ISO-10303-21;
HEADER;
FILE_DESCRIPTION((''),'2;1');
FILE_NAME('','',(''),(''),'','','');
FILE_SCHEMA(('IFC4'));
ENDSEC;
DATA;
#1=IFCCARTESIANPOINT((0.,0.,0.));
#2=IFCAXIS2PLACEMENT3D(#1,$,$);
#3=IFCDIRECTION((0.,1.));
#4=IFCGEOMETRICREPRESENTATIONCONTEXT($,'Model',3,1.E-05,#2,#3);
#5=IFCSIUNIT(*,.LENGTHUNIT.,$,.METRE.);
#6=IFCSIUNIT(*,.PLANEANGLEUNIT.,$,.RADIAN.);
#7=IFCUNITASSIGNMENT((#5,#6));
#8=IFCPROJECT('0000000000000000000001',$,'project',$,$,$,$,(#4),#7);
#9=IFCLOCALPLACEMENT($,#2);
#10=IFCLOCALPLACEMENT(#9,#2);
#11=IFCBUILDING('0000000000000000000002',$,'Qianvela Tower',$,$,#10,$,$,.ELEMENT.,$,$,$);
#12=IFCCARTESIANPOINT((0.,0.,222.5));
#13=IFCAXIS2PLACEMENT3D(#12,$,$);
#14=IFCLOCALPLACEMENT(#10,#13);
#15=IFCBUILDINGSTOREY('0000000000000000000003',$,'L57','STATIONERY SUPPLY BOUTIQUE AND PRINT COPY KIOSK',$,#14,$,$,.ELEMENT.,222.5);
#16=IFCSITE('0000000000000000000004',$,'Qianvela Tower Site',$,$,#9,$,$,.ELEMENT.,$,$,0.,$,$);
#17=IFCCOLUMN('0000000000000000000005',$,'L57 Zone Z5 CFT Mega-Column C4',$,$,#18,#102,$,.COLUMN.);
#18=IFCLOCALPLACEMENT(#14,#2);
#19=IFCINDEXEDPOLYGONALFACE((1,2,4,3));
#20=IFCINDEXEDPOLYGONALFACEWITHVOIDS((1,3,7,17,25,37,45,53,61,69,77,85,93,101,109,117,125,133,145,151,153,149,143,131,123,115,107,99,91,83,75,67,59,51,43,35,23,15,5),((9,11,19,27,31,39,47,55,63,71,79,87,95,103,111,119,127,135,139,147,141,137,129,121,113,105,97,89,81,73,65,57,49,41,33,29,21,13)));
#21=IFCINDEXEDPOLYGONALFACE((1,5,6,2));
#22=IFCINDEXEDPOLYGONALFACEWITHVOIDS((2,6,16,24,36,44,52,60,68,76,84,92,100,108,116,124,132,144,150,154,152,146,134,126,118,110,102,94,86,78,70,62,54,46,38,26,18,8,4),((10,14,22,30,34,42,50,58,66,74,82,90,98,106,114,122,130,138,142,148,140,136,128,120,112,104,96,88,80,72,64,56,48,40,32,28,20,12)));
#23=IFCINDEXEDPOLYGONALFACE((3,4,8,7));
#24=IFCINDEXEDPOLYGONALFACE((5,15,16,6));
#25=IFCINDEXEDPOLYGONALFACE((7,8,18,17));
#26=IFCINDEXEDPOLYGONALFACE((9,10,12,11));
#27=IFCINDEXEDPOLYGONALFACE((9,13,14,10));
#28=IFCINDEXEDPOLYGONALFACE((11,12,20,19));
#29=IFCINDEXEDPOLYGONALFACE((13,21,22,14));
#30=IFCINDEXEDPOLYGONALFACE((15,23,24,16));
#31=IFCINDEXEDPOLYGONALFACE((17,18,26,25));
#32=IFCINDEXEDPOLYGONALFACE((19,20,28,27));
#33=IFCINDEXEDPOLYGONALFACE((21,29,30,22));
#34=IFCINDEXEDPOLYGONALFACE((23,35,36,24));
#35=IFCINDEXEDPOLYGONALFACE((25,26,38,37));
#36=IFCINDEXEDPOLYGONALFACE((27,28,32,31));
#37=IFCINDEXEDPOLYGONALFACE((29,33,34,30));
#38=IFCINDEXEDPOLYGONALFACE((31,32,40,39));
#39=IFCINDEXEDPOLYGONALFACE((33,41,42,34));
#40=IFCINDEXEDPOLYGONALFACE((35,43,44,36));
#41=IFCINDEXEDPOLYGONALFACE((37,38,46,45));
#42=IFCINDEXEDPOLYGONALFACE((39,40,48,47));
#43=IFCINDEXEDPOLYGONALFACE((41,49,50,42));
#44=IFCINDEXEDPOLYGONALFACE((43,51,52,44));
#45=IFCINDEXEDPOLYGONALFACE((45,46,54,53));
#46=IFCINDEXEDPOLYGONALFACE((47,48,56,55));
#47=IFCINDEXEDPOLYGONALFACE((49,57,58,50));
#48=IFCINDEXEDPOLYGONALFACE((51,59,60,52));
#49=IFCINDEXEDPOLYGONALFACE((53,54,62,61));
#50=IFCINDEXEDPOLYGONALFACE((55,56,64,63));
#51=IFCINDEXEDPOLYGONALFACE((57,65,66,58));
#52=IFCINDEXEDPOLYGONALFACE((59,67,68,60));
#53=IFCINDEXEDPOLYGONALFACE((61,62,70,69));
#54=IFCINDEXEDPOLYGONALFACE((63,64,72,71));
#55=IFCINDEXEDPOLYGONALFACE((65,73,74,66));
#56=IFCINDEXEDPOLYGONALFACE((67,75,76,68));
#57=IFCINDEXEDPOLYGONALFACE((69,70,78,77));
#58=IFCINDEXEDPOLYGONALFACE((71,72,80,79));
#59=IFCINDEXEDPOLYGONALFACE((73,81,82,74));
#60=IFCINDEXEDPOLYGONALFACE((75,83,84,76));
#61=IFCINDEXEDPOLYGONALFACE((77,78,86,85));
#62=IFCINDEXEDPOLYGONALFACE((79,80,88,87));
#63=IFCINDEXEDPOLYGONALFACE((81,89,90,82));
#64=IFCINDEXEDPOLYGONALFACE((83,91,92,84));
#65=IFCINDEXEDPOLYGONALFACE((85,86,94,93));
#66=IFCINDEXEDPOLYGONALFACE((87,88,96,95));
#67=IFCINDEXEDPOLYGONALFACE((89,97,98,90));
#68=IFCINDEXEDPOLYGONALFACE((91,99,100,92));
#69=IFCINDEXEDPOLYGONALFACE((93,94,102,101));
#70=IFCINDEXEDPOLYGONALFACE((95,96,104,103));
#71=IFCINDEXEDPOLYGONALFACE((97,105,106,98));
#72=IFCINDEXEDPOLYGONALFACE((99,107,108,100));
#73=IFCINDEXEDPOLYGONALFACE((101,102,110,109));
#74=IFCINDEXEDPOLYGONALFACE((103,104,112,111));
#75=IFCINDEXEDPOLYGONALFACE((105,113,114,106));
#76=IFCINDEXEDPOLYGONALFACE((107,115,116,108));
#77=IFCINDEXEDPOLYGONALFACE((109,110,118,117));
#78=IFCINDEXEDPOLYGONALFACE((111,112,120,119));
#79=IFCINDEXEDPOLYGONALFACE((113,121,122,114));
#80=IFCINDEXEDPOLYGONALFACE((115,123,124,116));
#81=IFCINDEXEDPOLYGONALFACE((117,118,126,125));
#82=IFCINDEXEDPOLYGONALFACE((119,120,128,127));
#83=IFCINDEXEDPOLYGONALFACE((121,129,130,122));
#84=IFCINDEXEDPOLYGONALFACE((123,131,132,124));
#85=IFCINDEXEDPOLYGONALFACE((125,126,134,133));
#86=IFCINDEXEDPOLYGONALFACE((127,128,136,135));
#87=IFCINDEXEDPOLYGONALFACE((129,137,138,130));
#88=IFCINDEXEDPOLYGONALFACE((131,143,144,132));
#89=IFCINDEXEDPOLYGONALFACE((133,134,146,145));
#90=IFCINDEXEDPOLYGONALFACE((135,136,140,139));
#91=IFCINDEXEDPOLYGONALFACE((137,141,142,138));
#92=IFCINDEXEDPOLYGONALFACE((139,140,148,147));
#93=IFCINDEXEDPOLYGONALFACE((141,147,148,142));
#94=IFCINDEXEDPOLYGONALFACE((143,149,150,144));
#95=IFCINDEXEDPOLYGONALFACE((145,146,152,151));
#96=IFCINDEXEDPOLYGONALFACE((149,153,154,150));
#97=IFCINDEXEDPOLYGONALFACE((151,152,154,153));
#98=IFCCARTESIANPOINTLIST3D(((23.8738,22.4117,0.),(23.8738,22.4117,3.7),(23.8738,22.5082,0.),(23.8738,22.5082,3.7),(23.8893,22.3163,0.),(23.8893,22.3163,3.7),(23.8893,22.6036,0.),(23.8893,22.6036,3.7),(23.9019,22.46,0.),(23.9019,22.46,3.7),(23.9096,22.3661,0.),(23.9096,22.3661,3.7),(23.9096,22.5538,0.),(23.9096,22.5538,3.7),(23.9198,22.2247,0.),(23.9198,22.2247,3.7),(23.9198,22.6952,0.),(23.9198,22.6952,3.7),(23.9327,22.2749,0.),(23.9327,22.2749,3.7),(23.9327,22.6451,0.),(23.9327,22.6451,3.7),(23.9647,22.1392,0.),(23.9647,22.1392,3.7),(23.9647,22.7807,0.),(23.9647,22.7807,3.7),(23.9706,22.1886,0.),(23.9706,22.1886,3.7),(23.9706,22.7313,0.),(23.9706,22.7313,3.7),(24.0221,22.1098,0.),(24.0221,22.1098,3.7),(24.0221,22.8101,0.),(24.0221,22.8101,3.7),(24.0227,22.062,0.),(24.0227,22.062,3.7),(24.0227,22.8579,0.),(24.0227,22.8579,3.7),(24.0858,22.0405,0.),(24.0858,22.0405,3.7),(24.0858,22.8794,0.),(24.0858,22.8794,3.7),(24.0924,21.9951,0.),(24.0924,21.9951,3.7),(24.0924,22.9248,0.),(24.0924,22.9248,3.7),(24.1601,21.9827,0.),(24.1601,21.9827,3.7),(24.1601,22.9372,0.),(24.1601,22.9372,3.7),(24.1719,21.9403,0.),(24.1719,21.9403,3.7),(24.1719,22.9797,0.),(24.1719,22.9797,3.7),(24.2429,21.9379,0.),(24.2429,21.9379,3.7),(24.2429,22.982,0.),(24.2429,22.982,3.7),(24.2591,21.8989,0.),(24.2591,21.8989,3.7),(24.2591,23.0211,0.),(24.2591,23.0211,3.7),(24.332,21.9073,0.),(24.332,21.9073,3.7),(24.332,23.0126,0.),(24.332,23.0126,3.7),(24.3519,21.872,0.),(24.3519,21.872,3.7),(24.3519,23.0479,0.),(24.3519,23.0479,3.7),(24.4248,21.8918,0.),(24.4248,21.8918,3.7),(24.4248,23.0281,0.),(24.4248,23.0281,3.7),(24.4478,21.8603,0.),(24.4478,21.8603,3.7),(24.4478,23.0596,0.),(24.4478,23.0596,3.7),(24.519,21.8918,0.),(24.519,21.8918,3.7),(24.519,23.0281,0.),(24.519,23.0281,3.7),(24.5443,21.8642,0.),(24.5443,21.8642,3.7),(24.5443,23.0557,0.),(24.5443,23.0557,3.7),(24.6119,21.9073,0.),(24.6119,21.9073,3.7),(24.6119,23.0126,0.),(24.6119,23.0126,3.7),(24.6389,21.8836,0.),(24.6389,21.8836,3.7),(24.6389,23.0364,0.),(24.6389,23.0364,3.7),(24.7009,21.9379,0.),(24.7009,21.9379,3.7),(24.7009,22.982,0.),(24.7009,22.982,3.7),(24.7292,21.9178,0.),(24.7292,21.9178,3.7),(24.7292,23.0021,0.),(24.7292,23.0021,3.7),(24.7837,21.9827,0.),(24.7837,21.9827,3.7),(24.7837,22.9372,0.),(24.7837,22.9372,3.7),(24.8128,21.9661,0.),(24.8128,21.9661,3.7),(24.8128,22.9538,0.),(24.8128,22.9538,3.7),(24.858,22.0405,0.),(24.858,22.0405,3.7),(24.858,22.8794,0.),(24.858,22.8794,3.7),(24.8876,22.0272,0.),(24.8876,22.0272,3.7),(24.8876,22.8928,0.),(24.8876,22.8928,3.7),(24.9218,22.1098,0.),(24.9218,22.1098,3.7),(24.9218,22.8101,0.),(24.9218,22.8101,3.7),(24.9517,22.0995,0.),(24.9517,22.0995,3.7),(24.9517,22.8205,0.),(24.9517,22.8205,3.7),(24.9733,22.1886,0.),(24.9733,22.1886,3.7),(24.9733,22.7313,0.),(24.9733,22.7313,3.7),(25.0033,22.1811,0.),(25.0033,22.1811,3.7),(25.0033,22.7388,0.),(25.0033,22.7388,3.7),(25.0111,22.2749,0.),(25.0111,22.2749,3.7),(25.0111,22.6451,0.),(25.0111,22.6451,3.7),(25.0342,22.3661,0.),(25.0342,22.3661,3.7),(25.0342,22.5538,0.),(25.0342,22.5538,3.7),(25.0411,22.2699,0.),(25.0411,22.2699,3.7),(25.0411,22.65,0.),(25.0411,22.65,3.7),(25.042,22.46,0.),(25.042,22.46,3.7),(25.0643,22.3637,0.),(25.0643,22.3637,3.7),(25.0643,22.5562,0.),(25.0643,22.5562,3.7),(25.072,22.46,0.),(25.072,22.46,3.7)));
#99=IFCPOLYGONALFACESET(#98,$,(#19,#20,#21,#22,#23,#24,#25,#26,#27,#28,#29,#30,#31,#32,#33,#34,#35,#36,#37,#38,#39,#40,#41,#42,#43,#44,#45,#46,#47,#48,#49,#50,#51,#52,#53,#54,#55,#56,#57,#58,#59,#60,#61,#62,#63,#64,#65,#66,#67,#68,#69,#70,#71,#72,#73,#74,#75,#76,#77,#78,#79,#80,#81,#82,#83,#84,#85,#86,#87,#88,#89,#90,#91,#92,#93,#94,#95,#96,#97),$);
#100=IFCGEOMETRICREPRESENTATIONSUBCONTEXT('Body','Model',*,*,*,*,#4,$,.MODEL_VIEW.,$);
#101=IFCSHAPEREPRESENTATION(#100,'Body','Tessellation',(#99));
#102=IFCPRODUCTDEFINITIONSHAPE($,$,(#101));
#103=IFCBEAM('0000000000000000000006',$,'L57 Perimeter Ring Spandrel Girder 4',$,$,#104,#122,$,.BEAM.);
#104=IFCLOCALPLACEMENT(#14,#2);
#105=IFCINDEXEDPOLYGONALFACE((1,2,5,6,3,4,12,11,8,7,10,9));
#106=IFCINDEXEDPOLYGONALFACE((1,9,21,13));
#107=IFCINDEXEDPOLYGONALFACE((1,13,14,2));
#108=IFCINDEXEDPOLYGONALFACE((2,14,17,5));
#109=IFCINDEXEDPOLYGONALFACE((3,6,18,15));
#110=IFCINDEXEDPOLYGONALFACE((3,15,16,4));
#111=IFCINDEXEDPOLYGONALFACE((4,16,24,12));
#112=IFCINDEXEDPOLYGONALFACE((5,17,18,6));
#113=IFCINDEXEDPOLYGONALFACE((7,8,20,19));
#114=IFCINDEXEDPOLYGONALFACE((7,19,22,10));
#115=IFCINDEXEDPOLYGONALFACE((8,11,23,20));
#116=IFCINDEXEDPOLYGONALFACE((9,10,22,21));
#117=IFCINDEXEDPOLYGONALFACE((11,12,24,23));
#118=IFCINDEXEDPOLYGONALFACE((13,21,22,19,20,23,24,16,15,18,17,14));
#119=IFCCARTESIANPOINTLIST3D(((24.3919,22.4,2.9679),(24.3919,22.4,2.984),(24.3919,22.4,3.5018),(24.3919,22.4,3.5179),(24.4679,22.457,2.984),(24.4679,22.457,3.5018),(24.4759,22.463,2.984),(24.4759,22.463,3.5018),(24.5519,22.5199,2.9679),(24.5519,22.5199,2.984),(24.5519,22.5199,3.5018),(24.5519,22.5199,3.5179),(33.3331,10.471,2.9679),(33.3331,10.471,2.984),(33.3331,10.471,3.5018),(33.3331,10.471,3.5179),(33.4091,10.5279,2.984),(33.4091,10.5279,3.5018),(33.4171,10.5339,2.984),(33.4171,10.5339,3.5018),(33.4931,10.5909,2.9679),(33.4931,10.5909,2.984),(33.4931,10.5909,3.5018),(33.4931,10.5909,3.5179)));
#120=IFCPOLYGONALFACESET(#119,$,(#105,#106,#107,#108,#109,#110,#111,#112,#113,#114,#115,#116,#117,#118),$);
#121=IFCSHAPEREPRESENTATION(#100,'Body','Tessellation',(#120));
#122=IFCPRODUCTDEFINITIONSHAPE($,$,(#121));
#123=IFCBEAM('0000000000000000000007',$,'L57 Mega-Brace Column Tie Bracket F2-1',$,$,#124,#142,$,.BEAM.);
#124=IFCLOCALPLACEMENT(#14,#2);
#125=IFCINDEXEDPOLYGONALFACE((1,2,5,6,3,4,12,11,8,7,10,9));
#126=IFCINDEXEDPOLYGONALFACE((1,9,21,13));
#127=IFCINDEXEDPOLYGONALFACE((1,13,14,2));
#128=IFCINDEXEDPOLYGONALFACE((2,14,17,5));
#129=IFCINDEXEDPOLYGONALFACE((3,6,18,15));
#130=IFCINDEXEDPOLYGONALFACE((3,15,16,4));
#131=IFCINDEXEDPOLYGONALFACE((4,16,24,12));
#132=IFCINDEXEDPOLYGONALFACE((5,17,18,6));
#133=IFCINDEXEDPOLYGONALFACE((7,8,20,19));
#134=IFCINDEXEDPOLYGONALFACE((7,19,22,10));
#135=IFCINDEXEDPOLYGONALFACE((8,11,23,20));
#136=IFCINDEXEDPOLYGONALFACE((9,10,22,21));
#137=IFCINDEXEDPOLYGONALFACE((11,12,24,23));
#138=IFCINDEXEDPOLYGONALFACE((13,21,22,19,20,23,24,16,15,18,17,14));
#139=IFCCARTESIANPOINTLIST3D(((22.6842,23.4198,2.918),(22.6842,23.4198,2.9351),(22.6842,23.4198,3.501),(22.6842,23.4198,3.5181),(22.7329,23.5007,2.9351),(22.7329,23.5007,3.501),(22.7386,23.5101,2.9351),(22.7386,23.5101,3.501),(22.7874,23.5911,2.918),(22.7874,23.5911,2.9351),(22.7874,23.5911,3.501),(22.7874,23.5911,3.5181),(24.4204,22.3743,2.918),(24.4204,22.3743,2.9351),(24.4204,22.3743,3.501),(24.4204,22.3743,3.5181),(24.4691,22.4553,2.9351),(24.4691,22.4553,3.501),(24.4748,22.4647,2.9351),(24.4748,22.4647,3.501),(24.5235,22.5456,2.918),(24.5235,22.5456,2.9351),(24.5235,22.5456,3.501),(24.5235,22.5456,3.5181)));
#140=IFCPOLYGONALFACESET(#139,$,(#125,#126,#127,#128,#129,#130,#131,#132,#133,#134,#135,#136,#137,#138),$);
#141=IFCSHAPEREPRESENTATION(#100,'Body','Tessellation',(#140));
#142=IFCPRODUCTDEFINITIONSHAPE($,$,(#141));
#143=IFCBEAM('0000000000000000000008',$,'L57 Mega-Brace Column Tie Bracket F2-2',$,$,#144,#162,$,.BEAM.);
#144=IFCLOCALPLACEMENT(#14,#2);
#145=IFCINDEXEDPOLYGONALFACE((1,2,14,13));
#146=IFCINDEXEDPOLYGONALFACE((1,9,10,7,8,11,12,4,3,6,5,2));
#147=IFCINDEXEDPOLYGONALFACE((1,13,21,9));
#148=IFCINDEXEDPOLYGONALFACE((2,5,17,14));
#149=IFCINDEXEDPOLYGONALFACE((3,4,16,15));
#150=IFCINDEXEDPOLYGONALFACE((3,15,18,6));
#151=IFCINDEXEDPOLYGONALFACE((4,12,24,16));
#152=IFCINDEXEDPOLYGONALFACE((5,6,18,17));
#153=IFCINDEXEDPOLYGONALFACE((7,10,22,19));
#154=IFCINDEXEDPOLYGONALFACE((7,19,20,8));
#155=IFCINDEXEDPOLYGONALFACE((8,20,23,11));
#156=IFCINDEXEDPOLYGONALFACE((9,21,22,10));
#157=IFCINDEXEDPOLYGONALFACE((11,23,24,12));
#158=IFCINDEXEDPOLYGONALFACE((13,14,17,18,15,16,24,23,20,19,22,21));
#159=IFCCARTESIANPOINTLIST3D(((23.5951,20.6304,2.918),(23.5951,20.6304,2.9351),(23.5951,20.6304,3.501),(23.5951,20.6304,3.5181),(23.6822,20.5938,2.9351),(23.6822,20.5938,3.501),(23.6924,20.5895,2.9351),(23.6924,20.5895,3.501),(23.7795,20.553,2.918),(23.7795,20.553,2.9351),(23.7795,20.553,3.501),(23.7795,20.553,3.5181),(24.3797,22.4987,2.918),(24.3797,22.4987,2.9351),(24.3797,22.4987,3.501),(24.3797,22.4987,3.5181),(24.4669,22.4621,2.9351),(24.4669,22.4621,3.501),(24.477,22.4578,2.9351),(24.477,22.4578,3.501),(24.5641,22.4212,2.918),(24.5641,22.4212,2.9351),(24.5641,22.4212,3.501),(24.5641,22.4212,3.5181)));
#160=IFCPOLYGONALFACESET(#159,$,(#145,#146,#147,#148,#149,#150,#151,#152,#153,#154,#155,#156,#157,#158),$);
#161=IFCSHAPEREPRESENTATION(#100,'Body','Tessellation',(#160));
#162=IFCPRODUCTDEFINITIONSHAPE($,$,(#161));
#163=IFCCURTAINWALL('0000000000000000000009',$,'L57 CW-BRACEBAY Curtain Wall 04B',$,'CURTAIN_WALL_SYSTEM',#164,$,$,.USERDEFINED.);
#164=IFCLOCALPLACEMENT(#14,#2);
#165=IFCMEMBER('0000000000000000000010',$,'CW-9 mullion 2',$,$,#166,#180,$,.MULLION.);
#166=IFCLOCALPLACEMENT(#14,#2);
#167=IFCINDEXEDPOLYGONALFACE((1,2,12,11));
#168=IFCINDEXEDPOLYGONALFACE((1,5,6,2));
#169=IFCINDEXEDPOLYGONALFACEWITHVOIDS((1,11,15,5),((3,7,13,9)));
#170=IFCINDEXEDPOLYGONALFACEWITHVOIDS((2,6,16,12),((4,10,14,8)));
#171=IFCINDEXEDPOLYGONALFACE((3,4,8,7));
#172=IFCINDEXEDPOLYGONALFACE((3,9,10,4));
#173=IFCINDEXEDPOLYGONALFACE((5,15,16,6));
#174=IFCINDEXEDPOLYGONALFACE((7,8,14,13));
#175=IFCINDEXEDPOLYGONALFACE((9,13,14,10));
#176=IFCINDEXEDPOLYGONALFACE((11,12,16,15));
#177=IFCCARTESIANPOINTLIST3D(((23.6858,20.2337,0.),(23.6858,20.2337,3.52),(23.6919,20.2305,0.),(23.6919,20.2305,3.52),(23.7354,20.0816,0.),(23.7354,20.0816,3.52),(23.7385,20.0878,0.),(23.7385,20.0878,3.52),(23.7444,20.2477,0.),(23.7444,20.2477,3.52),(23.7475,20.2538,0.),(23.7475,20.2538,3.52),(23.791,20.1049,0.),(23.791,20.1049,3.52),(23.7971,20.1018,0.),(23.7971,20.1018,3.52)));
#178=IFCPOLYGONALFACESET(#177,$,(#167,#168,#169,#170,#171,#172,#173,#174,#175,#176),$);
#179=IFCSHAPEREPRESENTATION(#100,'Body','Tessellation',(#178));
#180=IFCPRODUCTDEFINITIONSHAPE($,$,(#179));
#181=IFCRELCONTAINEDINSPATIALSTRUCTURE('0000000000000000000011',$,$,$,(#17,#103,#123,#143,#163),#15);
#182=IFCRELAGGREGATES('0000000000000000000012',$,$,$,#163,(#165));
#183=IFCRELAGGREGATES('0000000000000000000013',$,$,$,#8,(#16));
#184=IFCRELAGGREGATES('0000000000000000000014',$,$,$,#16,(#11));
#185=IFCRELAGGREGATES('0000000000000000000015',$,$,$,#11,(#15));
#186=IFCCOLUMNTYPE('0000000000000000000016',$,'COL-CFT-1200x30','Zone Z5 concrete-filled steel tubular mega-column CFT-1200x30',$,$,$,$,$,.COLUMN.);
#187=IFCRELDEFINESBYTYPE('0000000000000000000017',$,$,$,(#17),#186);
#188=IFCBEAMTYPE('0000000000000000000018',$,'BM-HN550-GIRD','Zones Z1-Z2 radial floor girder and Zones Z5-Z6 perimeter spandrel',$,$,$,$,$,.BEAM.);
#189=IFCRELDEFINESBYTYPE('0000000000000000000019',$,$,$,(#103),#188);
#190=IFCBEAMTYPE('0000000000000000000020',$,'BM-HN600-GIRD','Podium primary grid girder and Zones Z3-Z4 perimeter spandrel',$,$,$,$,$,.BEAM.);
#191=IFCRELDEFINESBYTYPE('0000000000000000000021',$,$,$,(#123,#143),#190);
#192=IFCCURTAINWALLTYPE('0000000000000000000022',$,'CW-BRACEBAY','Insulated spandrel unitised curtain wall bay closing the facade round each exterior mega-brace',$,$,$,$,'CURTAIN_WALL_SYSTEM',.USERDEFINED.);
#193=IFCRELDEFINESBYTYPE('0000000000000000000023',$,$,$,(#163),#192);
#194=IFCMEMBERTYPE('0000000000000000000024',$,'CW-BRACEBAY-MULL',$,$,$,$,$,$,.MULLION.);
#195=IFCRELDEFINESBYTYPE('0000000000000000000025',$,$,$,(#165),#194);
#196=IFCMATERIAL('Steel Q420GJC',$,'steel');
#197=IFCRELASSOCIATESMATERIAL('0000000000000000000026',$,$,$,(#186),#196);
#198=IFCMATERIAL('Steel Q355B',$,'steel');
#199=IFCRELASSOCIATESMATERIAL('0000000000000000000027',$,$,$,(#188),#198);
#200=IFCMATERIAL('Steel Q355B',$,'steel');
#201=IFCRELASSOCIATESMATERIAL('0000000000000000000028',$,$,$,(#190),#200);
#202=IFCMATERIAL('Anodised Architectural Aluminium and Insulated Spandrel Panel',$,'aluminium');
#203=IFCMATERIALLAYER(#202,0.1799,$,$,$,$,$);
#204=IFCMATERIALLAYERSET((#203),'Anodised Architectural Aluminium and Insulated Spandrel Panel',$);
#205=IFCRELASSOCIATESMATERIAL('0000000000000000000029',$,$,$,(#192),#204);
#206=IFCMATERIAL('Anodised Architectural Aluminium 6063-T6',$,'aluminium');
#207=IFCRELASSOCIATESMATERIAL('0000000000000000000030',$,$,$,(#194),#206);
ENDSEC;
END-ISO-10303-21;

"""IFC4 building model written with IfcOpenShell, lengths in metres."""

from ifc_helpers import new_model, si_unit, direction, frame, origin, origin_2d, place, context, subcontext, project, spatial, hollow_rectangle, hollow_circle, i_section, extrude, material, layer, layer_set, material_profile, profile_set, type_object, element, aggregate, save


model = new_model("IFC4")

# Units and contexts
model_context = context("Model", 3, precision=1e-05, world=origin(), true_north=direction((0.0, 1.0)))
body_context = subcontext(model_context, "Body", "Model", "MODEL_VIEW")
ifc_project = project(units=[si_unit("LENGTHUNIT", "METRE"), si_unit("PLANEANGLEUNIT", "RADIAN")], contexts=[model_context])

# Site, building, storey
site_placement = place(None, origin())
site = spatial("IfcSite", under=ifc_project, at=site_placement, Name="Qianvela Tower Site", CompositionType="ELEMENT", RefElevation=0.0)
building_placement = place(site_placement, origin())
building = spatial("IfcBuilding", under=site, at=building_placement, Name="Qianvela Tower", CompositionType="ELEMENT")
storey_placement = place(building_placement, frame((0.0, 0.0, 222.5)))
storey = spatial("IfcBuildingStorey", under=building, at=storey_placement, Name="L57", Description="STATIONERY SUPPLY BOUTIQUE AND PRINT COPY KIOSK", CompositionType="ELEMENT", Elevation=222.5)

# Column
ifc_material_1 = material(Name="Steel Q420GJC", Category="steel")
ifc_material_profile_1 = material_profile(ifc_material_1, hollow_circle(Radius=0.6001, WallThickness=0.03, at=origin_2d()), Name="CFT-1200x30")
ifc_profile_set_1 = profile_set([ifc_material_profile_1], Name="Steel Q420GJC")
column_type = type_object("IfcColumnType", Name="COL-CFT-1200x30", Description="Zone Z5 concrete-filled steel tubular mega-column CFT-1200x30", PredefinedType="COLUMN", material=ifc_profile_set_1)
column_placement = place(storey_placement, frame((24.4719, 22.46, 0.0), z_axis=(0.0, 0.0, 1.0), x_axis=(1.0, 0.0, 0.0)))
element("IfcColumn", 1, at=column_placement, inside=storey, type_object=column_type, Name="L57 Zone Z5 CFT Mega-Column C4", PredefinedType="COLUMN", context=body_context, shape_type="SweptSolid", body=[
    extrude(hollow_circle(Radius=0.6001, WallThickness=0.03, at=origin_2d()), origin(), (0.0, 0.0, 1.0), 3.7),
])

# Beams
ifc_material_2 = material(Name="Steel Q355B", Category="steel")
ifc_material_profile_2 = material_profile(ifc_material_2, i_section(OverallWidth=0.2, OverallDepth=0.55, WebThickness=0.01, FlangeThickness=0.0161, at=origin_2d()), Name="HN550x200x10x16")
ifc_profile_set_2 = profile_set([ifc_material_profile_2], Name="Steel Q355B")
beam_type_1 = type_object("IfcBeamType", Name="BM-HN550-GIRD", Description="Zones Z1-Z2 radial floor girder and Zones Z5-Z6 perimeter spandrel", PredefinedType="BEAM", material=ifc_profile_set_2)
beam_1_placement = place(storey_placement, frame((24.4719, 22.46, 3.2429), z_axis=(0.599762, -0.800179, 0.0), x_axis=(0.800179, 0.599762, 0.0)))
element("IfcBeam", 2, at=beam_1_placement, inside=storey, type_object=beam_type_1, Name="L57 Perimeter Ring Spandrel Girder 4", PredefinedType="BEAM", context=body_context, shape_type="SweptSolid", body=[
    extrude(i_section(OverallWidth=0.2, OverallDepth=0.55, WebThickness=0.01, FlangeThickness=0.0161, at=origin_2d()), origin(), (0.0, 0.0, 1.0), 14.908),
])
ifc_material_3 = material(Name="Steel Q355B", Category="steel")
ifc_material_profile_3 = material_profile(ifc_material_3, i_section(OverallWidth=0.2, OverallDepth=0.6001, WebThickness=0.011, FlangeThickness=0.0171, at=origin_2d()), Name="HN600x200x11x17")
ifc_profile_set_3 = profile_set([ifc_material_profile_3], Name="Steel Q355B")
beam_type_2 = type_object("IfcBeamType", Name="BM-HN600-GIRD", Description="Podium primary grid girder and Zones Z3-Z4 perimeter spandrel", PredefinedType="BEAM", material=ifc_profile_set_3)
beam_2_placement = place(storey_placement, frame((24.4719, 22.46, 3.218), z_axis=(-0.856673, 0.515859, 0.0), x_axis=(-0.515859, -0.856673, 0.0)))
element("IfcBeam", 3, at=beam_2_placement, inside=storey, type_object=beam_type_2, Name="L57 Mega-Brace Column Tie Bracket F2-1", PredefinedType="BEAM", context=body_context, shape_type="SweptSolid", body=[
    extrude(i_section(OverallWidth=0.2, OverallDepth=0.6001, WebThickness=0.011, FlangeThickness=0.0171, at=origin_2d()), origin(), (0.0, 0.0, 1.0), 2.0266),
])
beam_3_placement = place(storey_placement, frame((24.4719, 22.46, 3.218), z_axis=(-0.387206, -0.921993, 0.0), x_axis=(0.921993, -0.387206, 0.0)))
element("IfcBeam", 4, at=beam_3_placement, inside=storey, type_object=beam_type_2, Name="L57 Mega-Brace Column Tie Bracket F2-2", PredefinedType="BEAM", context=body_context, shape_type="SweptSolid", body=[
    extrude(i_section(OverallWidth=0.2, OverallDepth=0.6001, WebThickness=0.011, FlangeThickness=0.0171, at=origin_2d()), origin(), (0.0, 0.0, 1.0), 2.0264),
])

# Curtain wall, member
ifc_material_4 = material(Name="Anodised Architectural Aluminium and Insulated Spandrel Panel", Category="aluminium")
ifc_layer_1 = layer(ifc_material_4, 0.1799)
ifc_layer_set_1 = layer_set([ifc_layer_1], Name="Anodised Architectural Aluminium and Insulated Spandrel Panel")
curtain_wall_type_1 = type_object("IfcCurtainWallType", Name="CW-BRACEBAY", Description="Insulated spandrel unitised curtain wall bay closing the facade round each exterior mega-brace", ElementType="CURTAIN_WALL_SYSTEM", PredefinedType="USERDEFINED", material=ifc_layer_set_1)
curtain_wall_1_placement = place(storey_placement, origin())
curtain_wall_1 = element("IfcCurtainWall", 5, at=curtain_wall_1_placement, inside=storey, type_object=curtain_wall_type_1, Name="L57 CW-BRACEBAY Curtain Wall 04B", ObjectType="CURTAIN_WALL_SYSTEM", PredefinedType="USERDEFINED")
ifc_material_5 = material(Name="Anodised Architectural Aluminium 6063-T6", Category="aluminium")
ifc_material_profile_4 = material_profile(ifc_material_5, hollow_rectangle(XDim=0.0649, YDim=0.1599, WallThickness=0.0049, at=origin_2d()), Name="ALU-MULL-65x160")
ifc_profile_set_4 = profile_set([ifc_material_profile_4], Name="Anodised Architectural Aluminium 6063-T6")
member_type_1 = type_object("IfcMemberType", Name="CW-BRACEBAY-MULL", PredefinedType="MULLION", material=ifc_profile_set_4)
member_1_placement = place(storey_placement, frame((23.7415, 20.1677, 0.0), z_axis=(0.0, 0.0, 1.0), x_axis=(0.950622, 0.31035, 0.0)))
member_1 = element("IfcMember", 6, at=member_1_placement, type_object=member_type_1, Name="CW-9 mullion 2", PredefinedType="MULLION", context=body_context, shape_type="SweptSolid", body=[
    extrude(hollow_rectangle(XDim=0.0649, YDim=0.1599, WallThickness=0.0049, at=origin_2d()), origin(), (0.0, 0.0, 1.0), 3.52),
])

aggregate(curtain_wall_1, [member_1])

save(model, "model.ifc")
